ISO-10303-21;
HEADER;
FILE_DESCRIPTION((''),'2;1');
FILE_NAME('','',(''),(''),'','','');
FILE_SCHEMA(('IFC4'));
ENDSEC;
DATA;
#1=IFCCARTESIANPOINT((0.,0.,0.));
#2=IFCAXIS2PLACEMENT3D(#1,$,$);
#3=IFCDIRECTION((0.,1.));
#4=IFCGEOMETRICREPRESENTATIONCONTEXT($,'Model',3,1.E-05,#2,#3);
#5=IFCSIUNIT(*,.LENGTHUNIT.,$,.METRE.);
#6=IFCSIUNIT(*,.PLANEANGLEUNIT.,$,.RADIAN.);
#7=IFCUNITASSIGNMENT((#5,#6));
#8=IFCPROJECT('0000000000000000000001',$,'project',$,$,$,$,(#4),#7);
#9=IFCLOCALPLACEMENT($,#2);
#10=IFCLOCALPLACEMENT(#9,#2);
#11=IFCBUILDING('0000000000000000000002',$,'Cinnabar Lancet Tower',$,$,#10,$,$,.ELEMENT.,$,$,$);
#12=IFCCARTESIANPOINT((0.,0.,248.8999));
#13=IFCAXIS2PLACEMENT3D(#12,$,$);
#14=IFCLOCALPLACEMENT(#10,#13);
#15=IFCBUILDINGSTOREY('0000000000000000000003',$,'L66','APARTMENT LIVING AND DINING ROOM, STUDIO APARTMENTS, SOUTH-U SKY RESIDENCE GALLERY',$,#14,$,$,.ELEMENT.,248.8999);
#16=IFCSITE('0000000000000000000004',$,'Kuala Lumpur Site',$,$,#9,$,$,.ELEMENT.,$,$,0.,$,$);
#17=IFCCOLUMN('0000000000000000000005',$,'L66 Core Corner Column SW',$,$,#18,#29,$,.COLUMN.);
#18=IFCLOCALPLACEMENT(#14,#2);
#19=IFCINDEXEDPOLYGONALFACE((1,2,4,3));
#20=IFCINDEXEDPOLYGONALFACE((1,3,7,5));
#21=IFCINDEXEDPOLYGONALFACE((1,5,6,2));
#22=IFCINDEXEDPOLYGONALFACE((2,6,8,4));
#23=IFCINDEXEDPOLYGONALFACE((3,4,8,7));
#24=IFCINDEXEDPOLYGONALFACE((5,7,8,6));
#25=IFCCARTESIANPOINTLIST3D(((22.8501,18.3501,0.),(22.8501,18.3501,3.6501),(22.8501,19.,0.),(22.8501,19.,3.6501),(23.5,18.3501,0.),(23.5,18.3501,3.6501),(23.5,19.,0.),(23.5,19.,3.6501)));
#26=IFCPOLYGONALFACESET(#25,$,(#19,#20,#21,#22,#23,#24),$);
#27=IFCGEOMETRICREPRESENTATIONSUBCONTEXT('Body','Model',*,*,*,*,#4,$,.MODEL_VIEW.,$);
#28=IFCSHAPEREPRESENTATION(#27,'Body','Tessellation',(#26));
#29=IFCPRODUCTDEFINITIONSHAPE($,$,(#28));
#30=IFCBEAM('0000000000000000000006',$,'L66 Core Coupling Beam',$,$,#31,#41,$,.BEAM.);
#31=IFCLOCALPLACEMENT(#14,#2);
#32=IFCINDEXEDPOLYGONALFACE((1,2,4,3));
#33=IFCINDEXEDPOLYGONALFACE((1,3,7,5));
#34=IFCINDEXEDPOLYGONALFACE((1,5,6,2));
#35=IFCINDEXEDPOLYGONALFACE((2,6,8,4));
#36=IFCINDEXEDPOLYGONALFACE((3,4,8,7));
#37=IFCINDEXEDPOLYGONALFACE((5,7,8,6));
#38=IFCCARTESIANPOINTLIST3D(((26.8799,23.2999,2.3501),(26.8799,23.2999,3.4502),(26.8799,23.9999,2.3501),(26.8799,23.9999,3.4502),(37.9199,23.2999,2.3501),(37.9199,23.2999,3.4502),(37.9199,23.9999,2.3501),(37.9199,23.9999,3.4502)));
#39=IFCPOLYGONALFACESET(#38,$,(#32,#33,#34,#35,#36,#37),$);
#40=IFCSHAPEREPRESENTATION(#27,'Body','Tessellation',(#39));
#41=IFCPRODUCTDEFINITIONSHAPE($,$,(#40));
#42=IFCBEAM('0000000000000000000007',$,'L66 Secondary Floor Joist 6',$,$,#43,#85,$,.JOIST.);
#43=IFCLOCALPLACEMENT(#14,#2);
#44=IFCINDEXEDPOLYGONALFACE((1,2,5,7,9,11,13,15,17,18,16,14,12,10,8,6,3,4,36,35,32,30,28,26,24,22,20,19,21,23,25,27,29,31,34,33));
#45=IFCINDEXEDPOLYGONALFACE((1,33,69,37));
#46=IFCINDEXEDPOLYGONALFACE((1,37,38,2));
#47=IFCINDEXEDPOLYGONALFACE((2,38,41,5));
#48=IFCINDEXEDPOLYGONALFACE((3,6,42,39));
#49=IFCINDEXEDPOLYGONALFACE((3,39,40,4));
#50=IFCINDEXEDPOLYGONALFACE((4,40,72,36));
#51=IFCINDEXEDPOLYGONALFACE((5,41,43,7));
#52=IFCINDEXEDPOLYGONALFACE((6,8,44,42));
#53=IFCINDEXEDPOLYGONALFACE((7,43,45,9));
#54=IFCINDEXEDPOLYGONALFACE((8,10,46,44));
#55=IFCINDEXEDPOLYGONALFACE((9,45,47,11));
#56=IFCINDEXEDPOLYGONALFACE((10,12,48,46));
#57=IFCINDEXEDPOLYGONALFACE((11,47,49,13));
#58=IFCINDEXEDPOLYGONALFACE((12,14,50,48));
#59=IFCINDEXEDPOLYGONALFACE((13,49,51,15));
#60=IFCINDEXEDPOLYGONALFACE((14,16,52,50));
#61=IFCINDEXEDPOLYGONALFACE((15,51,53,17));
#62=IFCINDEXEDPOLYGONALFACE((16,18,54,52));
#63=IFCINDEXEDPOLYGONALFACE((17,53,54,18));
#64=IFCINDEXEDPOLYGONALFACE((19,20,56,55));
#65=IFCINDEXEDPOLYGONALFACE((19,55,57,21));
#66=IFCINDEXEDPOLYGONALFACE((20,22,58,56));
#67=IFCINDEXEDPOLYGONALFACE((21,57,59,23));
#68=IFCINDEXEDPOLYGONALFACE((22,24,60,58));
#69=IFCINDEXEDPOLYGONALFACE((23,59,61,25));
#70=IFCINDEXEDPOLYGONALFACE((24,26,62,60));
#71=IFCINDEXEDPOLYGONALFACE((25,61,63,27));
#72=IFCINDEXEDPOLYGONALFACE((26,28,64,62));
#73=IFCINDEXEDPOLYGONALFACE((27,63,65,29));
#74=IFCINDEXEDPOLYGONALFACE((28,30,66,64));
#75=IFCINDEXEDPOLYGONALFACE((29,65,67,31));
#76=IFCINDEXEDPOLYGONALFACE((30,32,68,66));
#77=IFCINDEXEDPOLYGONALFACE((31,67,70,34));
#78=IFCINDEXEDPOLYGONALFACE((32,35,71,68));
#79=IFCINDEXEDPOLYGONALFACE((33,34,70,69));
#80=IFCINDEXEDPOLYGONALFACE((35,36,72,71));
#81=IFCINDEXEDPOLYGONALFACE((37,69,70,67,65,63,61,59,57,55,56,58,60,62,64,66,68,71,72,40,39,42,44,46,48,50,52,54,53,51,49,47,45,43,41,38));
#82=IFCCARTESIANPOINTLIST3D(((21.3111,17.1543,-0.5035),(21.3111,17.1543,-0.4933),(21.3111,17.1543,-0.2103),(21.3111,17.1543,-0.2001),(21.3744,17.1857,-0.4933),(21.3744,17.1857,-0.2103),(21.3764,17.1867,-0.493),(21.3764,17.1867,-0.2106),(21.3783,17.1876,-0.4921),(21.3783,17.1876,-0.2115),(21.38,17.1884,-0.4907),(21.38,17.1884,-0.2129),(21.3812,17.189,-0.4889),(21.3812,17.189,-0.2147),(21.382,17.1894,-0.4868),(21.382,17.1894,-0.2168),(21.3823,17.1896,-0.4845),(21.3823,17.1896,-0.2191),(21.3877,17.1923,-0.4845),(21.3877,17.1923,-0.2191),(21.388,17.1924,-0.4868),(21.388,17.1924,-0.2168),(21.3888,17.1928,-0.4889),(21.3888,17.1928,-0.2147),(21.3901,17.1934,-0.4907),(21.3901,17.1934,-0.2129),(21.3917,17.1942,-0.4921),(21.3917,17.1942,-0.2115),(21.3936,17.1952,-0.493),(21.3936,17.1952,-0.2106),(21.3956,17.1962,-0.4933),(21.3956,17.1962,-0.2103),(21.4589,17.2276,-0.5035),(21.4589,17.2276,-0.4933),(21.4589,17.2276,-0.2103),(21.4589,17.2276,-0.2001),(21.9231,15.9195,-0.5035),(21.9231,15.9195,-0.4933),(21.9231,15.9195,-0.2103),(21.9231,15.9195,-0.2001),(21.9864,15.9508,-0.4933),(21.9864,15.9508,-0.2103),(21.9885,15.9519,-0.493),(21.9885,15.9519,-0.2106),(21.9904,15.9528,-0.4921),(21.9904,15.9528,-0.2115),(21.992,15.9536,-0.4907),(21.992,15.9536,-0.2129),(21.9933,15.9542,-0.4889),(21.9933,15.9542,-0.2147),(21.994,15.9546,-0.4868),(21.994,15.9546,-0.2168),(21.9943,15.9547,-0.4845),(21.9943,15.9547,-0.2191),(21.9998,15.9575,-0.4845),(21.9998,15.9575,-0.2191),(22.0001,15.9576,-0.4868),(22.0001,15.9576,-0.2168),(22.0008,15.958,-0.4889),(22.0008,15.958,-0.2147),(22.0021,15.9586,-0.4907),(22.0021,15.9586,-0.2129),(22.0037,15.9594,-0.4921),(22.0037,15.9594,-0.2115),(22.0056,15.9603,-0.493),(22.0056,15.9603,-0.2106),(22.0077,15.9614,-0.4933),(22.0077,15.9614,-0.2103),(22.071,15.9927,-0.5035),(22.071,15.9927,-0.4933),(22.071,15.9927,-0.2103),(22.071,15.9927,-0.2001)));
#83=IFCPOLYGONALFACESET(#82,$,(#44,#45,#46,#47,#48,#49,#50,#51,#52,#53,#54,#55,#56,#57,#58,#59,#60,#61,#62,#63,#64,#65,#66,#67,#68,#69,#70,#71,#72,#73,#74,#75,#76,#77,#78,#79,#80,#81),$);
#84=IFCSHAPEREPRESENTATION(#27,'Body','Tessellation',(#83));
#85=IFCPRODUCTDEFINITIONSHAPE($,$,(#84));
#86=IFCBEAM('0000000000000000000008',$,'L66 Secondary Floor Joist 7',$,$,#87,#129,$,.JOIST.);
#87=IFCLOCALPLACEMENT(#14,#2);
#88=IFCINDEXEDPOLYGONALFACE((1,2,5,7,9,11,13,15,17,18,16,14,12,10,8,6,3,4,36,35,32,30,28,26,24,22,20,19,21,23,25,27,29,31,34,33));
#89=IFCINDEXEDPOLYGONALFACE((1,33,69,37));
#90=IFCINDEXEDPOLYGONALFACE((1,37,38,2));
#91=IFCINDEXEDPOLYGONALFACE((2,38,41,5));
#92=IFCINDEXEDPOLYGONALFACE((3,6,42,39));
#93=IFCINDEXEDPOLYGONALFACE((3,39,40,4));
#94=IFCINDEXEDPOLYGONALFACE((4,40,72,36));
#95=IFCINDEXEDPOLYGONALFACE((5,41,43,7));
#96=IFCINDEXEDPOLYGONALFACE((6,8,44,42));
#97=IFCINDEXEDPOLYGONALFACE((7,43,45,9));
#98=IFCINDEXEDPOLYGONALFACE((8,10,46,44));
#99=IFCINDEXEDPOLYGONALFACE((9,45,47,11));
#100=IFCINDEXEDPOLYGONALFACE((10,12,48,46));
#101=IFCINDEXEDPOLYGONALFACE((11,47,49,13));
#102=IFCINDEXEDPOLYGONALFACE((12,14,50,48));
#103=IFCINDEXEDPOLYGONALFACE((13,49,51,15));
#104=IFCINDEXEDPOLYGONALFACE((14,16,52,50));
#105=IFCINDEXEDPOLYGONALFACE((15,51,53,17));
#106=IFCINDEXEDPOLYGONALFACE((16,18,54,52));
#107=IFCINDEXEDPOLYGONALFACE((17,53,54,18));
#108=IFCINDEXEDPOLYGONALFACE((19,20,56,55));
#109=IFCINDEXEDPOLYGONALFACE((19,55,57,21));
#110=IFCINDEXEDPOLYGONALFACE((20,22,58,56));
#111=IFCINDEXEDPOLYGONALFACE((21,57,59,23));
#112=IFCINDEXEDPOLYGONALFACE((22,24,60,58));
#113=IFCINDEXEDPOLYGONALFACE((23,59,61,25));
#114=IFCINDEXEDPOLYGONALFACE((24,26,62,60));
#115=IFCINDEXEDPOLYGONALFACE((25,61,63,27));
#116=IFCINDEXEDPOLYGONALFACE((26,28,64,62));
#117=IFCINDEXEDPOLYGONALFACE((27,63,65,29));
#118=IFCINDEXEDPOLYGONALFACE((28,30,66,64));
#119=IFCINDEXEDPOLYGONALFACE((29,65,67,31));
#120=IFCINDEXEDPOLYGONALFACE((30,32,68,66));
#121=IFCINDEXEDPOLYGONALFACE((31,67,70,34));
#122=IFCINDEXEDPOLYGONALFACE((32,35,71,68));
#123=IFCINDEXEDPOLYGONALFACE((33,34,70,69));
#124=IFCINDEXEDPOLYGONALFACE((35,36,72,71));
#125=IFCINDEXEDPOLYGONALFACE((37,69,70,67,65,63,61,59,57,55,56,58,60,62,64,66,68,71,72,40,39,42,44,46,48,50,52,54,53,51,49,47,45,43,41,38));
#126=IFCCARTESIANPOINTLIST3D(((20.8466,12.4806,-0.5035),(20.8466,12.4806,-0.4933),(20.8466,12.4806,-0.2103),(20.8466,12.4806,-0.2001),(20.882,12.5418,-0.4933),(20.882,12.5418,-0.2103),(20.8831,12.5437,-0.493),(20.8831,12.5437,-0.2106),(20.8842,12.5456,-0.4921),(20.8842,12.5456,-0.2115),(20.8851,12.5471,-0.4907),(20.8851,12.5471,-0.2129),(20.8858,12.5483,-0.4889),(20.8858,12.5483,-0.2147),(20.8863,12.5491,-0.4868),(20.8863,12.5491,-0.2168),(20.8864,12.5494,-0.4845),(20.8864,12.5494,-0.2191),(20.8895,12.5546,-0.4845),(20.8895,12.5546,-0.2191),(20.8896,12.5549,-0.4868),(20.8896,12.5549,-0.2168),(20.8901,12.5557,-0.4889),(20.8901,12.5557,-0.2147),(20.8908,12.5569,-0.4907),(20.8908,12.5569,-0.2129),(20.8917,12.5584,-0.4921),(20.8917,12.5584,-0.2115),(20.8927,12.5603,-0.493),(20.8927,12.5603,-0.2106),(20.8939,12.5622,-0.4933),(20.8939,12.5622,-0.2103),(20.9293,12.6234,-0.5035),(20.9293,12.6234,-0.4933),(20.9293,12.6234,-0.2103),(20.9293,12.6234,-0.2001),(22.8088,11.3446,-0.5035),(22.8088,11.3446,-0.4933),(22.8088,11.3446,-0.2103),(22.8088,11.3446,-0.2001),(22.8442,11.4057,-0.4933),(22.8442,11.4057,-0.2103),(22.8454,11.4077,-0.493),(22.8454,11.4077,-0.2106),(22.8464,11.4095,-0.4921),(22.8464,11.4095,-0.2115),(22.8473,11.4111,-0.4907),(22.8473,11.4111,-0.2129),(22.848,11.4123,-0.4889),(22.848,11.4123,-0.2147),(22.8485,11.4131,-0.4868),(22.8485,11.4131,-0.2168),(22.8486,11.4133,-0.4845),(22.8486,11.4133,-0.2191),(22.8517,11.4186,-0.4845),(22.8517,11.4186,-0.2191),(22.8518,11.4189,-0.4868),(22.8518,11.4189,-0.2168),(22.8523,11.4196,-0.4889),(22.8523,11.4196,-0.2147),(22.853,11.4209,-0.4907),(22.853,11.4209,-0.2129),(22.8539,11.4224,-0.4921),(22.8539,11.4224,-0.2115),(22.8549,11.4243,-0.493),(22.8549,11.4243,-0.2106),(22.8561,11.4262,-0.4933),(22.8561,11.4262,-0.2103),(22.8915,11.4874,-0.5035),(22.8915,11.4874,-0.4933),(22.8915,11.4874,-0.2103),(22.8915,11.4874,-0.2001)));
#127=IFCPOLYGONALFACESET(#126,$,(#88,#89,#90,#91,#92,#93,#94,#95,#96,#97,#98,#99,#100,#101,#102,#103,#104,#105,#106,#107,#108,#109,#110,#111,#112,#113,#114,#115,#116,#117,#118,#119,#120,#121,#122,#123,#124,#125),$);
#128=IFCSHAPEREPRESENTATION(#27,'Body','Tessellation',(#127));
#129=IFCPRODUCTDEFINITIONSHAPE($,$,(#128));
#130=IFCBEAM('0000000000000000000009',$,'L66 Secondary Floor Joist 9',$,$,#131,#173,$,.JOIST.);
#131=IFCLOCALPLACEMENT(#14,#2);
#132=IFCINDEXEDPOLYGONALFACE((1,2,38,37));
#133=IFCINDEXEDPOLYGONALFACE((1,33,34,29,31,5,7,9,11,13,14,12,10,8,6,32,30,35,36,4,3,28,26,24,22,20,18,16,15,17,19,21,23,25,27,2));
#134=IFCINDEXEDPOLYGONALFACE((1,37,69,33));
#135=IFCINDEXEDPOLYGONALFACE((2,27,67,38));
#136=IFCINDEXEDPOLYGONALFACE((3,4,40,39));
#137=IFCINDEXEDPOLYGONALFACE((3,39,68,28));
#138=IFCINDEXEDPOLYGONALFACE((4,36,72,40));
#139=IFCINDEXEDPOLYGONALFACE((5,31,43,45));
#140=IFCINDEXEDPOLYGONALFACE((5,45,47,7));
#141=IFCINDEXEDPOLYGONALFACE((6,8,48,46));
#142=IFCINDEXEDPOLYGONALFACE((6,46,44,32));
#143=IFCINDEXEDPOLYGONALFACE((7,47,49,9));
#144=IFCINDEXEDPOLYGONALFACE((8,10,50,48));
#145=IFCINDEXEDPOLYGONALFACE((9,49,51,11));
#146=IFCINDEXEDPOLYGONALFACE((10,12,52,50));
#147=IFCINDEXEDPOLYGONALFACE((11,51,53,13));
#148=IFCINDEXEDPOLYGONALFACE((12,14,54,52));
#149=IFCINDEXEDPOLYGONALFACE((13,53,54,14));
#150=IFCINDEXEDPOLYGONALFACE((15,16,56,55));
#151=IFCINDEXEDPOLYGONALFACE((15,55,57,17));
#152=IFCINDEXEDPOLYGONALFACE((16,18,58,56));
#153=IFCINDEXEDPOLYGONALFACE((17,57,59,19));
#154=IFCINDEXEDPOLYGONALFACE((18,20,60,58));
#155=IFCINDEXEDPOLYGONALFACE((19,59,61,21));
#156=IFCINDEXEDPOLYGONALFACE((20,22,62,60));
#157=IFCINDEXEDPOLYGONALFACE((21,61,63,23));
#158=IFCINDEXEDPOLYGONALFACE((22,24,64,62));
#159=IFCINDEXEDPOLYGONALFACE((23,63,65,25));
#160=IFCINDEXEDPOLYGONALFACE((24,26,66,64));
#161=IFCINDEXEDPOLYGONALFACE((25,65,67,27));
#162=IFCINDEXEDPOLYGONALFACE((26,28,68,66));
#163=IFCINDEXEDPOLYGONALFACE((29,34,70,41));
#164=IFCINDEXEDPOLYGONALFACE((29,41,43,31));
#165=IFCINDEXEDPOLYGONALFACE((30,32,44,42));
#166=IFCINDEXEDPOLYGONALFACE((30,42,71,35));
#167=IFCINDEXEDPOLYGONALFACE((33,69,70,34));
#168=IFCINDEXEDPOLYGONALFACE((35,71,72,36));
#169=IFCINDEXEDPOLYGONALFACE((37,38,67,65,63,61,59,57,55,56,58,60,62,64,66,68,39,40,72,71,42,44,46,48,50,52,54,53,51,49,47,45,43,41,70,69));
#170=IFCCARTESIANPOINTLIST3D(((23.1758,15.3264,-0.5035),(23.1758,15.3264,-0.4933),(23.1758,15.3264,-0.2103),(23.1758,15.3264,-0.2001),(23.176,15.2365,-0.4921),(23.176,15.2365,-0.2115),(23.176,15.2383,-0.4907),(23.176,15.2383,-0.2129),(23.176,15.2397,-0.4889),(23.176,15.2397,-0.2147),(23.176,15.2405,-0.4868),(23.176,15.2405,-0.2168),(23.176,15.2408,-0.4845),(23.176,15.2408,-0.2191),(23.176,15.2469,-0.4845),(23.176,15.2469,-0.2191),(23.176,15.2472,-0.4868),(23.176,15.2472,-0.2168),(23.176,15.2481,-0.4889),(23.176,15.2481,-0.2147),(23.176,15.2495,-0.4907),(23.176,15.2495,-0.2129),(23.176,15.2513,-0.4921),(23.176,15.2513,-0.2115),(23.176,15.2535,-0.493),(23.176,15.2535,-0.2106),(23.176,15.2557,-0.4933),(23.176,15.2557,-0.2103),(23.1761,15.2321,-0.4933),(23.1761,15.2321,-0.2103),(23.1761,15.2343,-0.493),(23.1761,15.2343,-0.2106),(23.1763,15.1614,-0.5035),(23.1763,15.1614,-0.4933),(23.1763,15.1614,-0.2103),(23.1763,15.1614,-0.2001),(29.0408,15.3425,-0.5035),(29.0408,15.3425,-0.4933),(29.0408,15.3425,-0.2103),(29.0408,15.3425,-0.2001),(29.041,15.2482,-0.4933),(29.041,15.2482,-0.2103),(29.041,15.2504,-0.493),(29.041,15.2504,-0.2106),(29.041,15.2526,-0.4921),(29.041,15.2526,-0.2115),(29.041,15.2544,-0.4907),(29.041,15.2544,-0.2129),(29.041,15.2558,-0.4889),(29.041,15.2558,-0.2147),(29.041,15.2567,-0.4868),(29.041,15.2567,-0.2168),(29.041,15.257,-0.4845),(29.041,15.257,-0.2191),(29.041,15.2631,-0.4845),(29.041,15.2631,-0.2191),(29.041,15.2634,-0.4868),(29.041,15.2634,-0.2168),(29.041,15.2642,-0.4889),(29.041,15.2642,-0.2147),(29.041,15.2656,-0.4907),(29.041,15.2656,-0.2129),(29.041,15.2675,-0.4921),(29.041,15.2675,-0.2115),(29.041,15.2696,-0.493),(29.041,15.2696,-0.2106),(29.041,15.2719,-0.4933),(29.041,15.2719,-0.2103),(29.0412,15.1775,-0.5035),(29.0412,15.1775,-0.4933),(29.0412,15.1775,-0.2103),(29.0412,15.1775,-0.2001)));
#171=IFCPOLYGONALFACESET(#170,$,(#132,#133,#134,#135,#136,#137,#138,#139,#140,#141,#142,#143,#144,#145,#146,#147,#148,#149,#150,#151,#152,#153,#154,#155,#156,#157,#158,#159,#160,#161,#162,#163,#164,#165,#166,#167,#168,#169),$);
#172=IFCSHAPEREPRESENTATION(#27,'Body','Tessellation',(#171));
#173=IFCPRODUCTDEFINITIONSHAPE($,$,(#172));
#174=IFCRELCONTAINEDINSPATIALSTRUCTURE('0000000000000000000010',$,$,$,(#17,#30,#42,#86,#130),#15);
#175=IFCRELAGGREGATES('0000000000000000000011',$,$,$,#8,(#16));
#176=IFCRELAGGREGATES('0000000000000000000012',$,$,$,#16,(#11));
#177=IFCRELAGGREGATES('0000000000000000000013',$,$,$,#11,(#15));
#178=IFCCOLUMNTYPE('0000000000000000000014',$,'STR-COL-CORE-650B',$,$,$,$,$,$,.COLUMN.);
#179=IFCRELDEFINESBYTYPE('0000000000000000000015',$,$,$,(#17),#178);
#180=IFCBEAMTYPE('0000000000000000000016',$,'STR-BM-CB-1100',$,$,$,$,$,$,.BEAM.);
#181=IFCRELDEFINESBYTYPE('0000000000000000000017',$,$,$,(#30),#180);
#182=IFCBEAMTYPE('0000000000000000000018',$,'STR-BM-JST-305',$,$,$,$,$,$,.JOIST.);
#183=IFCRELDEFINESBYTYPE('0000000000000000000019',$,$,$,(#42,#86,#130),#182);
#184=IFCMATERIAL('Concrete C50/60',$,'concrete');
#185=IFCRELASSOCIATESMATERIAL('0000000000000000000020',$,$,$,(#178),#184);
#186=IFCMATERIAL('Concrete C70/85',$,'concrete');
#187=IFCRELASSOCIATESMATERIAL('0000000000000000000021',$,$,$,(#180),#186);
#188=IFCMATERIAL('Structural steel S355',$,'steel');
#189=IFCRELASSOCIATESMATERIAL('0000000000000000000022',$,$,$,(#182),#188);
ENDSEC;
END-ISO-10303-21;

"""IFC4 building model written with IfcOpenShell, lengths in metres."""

from ifc_helpers import new_model, si_unit, direction, frame, origin, origin_2d, place, context, subcontext, project, spatial, rectangle, i_section, extrude, material, material_profile, profile_set, type_object, element, save


model = new_model("IFC4")

# Units and contexts
model_context = context("Model", 3, precision=1e-05, world=origin(), true_north=direction((0.0, 1.0)))
body_context = subcontext(model_context, "Body", "Model", "MODEL_VIEW")
ifc_project = project(units=[si_unit("LENGTHUNIT", "METRE"), si_unit("PLANEANGLEUNIT", "RADIAN")], contexts=[model_context])

# Site, building, storey
site_placement = place(None, origin())
site = spatial("IfcSite", under=ifc_project, at=site_placement, Name="Kuala Lumpur Site", CompositionType="ELEMENT", RefElevation=0.0)
building_placement = place(site_placement, origin())
building = spatial("IfcBuilding", under=site, at=building_placement, Name="Cinnabar Lancet Tower", CompositionType="ELEMENT")
storey_placement = place(building_placement, frame((0.0, 0.0, 248.8999)))
storey = spatial("IfcBuildingStorey", under=building, at=storey_placement, Name="L66", Description="APARTMENT LIVING AND DINING ROOM, STUDIO APARTMENTS, SOUTH-U SKY RESIDENCE GALLERY", CompositionType="ELEMENT", Elevation=248.8999)

# Column
ifc_material_1 = material(Name="Concrete C50/60", Category="concrete")
ifc_material_profile_1 = material_profile(ifc_material_1, rectangle(XDim=0.6499, YDim=0.6499, at=origin_2d()), Name="RC-COL 650x650")
ifc_profile_set_1 = profile_set([ifc_material_profile_1], Name="Concrete C50/60")
column_type = type_object("IfcColumnType", Name="STR-COL-CORE-650B", PredefinedType="COLUMN", material=ifc_profile_set_1)
column_placement = place(storey_placement, frame((23.175, 18.675, 0.0), z_axis=(0.0, 0.0, 1.0), x_axis=(1.0, 0.0, 0.0)))
element("IfcColumn", 1, at=column_placement, inside=storey, type_object=column_type, Name="L66 Core Corner Column SW", PredefinedType="COLUMN", context=body_context, shape_type="SweptSolid", body=[
    extrude(rectangle(XDim=0.6499, YDim=0.6499, at=origin_2d()), origin(), (0.0, 0.0, 1.0), 3.6501),
])

# Beams
ifc_material_2 = material(Name="Concrete C70/85", Category="concrete")
ifc_material_profile_2 = material_profile(ifc_material_2, rectangle(XDim=0.7, YDim=1.1001, at=origin_2d()), Name="RC-CB 700x1100")
ifc_profile_set_2 = profile_set([ifc_material_profile_2], Name="Concrete C70/85")
beam_type_1 = type_object("IfcBeamType", Name="STR-BM-CB-1100", PredefinedType="BEAM", material=ifc_profile_set_2)
beam_1_placement = place(storey_placement, frame((26.8799, 23.6499, 2.9001), z_axis=(1.0, 0.0, 0.0), x_axis=(0.0, 1.0, 0.0)))
element("IfcBeam", 2, at=beam_1_placement, inside=storey, type_object=beam_type_1, Name="L66 Core Coupling Beam", PredefinedType="BEAM", context=body_context, shape_type="SweptSolid", body=[
    extrude(rectangle(XDim=0.7, YDim=1.1001, at=origin_2d()), origin(), (0.0, 0.0, 1.0), 11.04),
])
ifc_material_3 = material(Name="Structural steel S355", Category="steel")
ifc_material_profile_3 = material_profile(ifc_material_3, i_section(OverallWidth=0.165, OverallDepth=0.3035, WebThickness=0.0061, FlangeThickness=0.0103, FilletRadius=0.0088, at=origin_2d()), Name="UKB 305x165x40")
ifc_profile_set_3 = profile_set([ifc_material_profile_3], Name="Structural steel S355")
beam_type_2 = type_object("IfcBeamType", Name="STR-BM-JST-305", PredefinedType="JOIST", material=ifc_profile_set_3)
beam_2_placement = place(storey_placement, frame((21.385, 17.1909, -0.3518), z_axis=(0.444093, -0.895981, 0.0), x_axis=(0.895981, 0.444093, 0.0)))
element("IfcBeam", 3, at=beam_2_placement, inside=storey, type_object=beam_type_2, Name="L66 Secondary Floor Joist 6", PredefinedType="JOIST", context=body_context, shape_type="SweptSolid", body=[
    extrude(i_section(OverallWidth=0.165, OverallDepth=0.3035, WebThickness=0.0061, FlangeThickness=0.0103, FilletRadius=0.0088, at=origin_2d()), origin(), (0.0, 0.0, 1.0), 1.3782),
])
beam_3_placement = place(storey_placement, frame((20.8879, 12.552, -0.3518), z_axis=(0.865426, -0.501036, 0.0), x_axis=(0.501036, 0.865426, 0.0)))
element("IfcBeam", 4, at=beam_3_placement, inside=storey, type_object=beam_type_2, Name="L66 Secondary Floor Joist 7", PredefinedType="JOIST", context=body_context, shape_type="SweptSolid", body=[
    extrude(i_section(OverallWidth=0.165, OverallDepth=0.3035, WebThickness=0.0061, FlangeThickness=0.0103, FilletRadius=0.0088, at=origin_2d()), origin(), (0.0, 0.0, 1.0), 2.2673),
])
beam_4_placement = place(storey_placement, frame((23.176, 15.2439, -0.3518), z_axis=(0.999996, 0.002747, 0.0), x_axis=(-0.002747, 0.999996, 0.0)))
element("IfcBeam", 5, at=beam_4_placement, inside=storey, type_object=beam_type_2, Name="L66 Secondary Floor Joist 9", PredefinedType="JOIST", context=body_context, shape_type="SweptSolid", body=[
    extrude(i_section(OverallWidth=0.165, OverallDepth=0.3035, WebThickness=0.0061, FlangeThickness=0.0103, FilletRadius=0.0088, at=origin_2d()), origin(), (0.0, 0.0, 1.0), 5.865),
])

save(model, "model.ifc")
